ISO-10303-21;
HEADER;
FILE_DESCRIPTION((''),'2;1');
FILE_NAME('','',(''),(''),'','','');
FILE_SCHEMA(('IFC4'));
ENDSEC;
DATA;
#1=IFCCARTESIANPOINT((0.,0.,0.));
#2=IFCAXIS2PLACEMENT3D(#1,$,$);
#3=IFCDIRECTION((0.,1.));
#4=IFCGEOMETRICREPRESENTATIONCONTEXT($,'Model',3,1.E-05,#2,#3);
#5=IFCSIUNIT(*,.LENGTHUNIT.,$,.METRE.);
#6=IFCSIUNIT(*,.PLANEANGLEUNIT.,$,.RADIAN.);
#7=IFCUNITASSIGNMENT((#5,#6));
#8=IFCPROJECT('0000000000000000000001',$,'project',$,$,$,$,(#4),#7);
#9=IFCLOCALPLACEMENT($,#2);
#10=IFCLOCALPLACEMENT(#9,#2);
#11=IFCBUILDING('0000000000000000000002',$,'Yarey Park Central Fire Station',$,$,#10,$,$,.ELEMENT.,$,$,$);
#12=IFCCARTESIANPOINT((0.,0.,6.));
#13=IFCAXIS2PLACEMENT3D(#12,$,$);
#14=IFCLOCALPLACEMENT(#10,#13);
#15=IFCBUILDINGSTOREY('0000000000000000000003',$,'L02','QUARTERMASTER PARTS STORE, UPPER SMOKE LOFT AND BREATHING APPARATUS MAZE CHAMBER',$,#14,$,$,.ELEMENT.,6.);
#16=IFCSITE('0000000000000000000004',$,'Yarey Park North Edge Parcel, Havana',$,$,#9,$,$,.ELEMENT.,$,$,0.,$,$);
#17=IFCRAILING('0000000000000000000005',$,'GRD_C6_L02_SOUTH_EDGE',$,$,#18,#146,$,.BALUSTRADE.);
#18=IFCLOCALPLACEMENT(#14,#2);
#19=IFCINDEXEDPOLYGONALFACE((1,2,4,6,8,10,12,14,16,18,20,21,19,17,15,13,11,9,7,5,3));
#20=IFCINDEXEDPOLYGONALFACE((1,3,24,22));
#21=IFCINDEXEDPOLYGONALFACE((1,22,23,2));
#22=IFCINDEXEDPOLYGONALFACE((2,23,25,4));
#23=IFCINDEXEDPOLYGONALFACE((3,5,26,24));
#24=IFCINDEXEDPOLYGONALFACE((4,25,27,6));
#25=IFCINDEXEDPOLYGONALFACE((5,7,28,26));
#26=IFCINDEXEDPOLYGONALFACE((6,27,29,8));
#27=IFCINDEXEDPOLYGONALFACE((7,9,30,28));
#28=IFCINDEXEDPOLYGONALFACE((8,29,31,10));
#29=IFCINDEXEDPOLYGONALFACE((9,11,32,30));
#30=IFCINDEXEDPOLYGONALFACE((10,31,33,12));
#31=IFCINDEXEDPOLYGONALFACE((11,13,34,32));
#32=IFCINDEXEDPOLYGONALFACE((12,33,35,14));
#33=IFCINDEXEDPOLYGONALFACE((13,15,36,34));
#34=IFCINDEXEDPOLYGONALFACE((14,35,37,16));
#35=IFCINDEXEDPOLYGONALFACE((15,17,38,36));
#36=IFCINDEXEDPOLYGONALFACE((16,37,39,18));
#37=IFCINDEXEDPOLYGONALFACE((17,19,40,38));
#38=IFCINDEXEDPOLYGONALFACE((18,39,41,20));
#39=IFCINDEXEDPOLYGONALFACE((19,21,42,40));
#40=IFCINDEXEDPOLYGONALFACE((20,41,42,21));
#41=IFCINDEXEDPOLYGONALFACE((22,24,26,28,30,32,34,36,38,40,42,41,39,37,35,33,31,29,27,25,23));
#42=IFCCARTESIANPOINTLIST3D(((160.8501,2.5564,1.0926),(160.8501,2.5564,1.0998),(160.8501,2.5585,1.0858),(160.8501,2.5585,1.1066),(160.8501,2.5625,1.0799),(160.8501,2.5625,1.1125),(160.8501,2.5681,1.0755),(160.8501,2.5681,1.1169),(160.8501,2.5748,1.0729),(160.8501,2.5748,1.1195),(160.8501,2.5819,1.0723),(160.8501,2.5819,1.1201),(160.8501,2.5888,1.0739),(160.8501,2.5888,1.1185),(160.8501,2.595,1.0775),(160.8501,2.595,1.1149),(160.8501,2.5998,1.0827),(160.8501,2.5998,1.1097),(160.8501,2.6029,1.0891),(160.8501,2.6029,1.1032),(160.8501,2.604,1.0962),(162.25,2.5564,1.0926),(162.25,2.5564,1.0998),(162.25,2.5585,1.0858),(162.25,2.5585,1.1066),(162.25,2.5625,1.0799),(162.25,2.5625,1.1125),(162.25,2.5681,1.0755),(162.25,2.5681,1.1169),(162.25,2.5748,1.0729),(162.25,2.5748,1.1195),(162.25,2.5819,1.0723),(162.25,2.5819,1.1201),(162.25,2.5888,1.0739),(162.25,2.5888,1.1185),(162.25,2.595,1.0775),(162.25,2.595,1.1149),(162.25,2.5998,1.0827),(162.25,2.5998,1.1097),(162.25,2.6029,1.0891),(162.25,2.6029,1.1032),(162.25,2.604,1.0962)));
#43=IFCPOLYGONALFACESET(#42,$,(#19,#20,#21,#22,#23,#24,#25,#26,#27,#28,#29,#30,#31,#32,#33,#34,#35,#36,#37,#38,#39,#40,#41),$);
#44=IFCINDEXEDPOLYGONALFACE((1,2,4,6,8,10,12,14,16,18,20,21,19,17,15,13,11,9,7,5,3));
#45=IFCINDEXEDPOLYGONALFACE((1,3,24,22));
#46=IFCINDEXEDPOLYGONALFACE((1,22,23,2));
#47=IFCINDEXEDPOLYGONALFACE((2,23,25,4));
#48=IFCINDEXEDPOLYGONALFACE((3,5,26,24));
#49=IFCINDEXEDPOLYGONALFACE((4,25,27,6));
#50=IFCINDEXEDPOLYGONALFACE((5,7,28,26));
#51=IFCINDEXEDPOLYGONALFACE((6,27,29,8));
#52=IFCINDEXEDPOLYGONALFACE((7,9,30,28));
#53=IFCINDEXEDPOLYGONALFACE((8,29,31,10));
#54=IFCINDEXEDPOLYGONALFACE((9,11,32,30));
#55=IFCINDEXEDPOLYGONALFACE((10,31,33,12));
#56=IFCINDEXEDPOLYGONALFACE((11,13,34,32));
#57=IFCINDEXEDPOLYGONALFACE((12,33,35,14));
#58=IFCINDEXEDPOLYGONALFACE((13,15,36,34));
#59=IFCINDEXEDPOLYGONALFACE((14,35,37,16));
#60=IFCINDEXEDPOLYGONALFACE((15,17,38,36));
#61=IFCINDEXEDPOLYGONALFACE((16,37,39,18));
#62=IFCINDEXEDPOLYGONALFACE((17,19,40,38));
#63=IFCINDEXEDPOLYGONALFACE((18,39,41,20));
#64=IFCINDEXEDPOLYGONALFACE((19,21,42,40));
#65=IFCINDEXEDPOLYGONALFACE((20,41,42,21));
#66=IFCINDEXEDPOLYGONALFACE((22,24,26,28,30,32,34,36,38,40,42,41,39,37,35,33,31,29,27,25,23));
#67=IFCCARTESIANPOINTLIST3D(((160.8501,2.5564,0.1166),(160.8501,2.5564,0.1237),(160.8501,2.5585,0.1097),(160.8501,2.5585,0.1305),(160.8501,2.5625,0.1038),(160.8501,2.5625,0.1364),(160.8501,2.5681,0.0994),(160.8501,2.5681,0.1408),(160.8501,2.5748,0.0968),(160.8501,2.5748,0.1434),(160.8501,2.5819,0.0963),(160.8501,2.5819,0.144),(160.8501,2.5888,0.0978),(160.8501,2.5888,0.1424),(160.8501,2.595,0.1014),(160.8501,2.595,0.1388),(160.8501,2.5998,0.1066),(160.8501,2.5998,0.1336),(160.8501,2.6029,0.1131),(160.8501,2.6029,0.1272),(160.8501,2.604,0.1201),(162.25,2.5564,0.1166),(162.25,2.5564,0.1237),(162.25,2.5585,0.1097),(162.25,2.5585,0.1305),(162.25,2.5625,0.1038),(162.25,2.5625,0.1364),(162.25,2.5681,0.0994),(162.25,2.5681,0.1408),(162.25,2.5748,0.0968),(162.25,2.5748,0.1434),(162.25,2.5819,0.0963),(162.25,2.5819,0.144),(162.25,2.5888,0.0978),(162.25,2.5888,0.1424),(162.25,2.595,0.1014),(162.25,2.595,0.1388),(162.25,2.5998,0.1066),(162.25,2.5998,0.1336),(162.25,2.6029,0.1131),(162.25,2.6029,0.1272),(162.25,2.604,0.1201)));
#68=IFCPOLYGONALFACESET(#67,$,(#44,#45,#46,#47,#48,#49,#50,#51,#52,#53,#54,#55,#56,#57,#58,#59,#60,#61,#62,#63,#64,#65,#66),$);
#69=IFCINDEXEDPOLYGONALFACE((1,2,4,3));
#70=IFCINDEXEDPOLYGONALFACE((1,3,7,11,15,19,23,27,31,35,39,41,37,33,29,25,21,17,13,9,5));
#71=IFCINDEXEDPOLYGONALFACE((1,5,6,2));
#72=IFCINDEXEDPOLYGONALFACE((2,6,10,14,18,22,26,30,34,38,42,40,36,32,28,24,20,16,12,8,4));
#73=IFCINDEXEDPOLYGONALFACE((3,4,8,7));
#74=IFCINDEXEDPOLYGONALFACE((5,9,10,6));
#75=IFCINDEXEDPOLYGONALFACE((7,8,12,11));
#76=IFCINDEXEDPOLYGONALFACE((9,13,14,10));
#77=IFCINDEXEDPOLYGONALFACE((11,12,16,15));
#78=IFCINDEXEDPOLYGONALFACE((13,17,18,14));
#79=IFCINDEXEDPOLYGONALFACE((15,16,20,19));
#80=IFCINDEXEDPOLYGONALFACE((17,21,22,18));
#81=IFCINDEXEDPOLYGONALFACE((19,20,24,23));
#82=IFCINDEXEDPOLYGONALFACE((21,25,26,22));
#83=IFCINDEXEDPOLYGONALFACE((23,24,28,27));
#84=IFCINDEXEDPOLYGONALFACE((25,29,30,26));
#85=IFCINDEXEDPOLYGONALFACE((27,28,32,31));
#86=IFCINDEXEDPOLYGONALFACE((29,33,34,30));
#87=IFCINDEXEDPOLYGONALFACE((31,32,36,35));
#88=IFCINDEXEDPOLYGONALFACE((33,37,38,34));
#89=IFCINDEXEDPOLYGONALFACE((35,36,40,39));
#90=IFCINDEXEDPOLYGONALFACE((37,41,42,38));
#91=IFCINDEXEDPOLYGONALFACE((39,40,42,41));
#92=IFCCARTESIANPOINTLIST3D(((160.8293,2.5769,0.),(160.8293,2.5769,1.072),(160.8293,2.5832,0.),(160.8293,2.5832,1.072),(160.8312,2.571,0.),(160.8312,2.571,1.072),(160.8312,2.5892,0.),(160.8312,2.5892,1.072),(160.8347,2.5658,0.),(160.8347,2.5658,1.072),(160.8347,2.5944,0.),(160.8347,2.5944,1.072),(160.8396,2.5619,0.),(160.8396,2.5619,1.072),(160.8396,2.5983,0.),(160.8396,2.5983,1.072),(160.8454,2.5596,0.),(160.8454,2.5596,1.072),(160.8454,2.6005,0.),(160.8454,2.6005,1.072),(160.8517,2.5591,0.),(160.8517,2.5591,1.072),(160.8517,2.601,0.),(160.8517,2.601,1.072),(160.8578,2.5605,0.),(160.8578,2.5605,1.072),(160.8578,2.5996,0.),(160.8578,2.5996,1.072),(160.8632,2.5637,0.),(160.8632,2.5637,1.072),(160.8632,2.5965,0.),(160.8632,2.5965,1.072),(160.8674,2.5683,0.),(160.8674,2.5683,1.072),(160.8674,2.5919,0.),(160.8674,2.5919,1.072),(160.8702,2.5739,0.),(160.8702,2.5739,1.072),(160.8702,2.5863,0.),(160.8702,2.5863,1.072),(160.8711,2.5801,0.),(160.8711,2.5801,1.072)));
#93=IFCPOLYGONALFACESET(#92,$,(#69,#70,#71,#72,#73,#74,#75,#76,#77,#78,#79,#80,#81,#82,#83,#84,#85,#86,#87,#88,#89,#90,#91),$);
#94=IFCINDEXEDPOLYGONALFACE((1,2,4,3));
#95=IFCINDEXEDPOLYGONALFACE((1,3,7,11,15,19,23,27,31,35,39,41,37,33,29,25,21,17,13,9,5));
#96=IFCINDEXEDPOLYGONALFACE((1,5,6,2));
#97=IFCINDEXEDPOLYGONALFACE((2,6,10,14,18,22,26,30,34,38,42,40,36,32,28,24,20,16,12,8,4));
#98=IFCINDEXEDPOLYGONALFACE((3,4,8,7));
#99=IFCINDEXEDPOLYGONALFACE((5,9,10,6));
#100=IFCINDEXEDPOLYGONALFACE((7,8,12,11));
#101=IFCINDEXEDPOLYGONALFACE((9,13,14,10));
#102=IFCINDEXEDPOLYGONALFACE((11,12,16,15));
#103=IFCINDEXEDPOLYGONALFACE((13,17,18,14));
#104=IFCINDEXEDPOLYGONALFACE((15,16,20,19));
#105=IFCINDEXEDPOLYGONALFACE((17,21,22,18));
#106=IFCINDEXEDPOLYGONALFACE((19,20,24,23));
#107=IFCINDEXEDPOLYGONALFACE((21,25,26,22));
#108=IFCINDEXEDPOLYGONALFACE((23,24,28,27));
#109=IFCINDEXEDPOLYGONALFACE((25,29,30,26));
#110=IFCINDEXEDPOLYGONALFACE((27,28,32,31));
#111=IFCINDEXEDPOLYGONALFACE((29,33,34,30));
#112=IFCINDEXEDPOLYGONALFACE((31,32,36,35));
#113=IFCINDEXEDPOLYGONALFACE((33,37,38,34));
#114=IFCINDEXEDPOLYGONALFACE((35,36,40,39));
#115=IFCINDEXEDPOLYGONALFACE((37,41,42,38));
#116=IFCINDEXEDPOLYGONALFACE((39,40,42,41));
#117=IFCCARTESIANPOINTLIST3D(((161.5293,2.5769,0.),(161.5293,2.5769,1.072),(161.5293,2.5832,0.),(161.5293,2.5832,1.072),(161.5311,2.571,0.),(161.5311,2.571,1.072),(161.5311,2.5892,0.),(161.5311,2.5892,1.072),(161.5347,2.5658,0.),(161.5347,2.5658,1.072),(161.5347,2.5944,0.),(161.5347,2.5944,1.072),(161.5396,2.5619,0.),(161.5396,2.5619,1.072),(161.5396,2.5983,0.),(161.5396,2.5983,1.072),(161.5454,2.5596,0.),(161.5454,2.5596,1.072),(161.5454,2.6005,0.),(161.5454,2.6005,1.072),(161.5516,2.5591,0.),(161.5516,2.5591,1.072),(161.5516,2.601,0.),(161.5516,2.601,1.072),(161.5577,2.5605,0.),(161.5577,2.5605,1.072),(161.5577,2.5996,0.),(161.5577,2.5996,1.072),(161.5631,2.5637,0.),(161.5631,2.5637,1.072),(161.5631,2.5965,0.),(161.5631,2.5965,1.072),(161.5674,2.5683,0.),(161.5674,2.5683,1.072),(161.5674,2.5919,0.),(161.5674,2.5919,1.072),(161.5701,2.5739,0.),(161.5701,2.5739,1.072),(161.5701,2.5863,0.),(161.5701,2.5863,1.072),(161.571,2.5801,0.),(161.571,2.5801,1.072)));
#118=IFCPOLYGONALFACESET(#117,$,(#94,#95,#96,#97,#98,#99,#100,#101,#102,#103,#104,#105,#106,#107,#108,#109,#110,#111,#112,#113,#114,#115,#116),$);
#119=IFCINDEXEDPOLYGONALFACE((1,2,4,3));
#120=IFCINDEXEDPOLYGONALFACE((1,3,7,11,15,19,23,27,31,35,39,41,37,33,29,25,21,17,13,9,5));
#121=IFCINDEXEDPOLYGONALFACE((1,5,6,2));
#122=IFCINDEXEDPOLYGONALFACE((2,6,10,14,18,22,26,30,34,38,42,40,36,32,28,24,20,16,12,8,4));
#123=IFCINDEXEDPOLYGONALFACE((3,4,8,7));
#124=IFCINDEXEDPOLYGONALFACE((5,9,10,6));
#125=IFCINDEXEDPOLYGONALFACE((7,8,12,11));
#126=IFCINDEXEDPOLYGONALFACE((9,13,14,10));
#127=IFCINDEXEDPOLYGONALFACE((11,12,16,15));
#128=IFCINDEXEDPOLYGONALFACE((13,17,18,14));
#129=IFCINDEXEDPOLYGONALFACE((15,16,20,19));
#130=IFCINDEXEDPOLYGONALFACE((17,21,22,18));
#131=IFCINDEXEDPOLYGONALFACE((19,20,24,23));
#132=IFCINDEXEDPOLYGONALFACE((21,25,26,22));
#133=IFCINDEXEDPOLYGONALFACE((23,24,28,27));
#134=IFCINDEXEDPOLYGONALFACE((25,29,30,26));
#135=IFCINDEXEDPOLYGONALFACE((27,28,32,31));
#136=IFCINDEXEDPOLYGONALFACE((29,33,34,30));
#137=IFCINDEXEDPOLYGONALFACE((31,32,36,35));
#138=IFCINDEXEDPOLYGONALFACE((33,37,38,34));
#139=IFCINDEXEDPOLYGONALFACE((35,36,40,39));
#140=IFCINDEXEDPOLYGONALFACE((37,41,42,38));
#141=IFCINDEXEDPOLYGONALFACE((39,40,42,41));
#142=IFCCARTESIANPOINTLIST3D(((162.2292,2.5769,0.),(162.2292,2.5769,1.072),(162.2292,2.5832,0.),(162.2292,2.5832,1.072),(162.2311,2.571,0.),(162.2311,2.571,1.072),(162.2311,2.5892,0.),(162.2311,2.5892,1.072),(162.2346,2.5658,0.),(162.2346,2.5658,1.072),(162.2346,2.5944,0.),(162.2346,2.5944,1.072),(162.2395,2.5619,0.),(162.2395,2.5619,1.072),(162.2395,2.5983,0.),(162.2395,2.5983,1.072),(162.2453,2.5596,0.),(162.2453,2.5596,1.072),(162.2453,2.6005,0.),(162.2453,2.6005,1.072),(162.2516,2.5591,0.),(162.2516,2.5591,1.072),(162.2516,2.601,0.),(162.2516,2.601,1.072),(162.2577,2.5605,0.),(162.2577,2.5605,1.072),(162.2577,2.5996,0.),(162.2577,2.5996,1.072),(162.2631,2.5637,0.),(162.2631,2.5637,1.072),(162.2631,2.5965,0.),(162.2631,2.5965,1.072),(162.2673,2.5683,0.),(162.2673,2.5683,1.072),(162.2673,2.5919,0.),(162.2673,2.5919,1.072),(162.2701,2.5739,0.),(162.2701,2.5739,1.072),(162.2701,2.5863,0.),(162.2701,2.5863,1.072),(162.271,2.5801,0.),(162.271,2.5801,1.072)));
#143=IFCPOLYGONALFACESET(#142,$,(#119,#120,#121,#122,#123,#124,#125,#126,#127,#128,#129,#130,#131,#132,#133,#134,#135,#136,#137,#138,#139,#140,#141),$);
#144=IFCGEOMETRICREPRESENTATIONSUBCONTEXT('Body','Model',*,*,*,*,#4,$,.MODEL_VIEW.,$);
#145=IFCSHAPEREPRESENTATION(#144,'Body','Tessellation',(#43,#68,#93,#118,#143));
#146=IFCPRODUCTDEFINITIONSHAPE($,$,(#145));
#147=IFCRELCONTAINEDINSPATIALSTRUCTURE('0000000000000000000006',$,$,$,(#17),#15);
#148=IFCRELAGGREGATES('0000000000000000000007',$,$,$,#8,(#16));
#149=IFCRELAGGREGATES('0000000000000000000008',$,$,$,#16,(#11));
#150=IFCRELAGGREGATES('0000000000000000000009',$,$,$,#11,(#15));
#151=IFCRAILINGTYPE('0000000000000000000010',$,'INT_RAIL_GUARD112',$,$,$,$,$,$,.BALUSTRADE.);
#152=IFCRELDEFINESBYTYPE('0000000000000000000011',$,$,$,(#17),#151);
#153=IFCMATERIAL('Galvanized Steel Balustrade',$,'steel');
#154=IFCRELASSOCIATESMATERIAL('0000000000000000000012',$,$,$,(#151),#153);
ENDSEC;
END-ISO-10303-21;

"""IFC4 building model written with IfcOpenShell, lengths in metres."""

from ifc_helpers import new_model, si_unit, direction, frame, origin, origin_2d, place, context, subcontext, project, spatial, circle, extrude, material, type_object, element, save


model = new_model("IFC4")

# Units and contexts
model_context = context("Model", 3, precision=1e-05, world=origin(), true_north=direction((0.0, 1.0)))
body_context = subcontext(model_context, "Body", "Model", "MODEL_VIEW")
ifc_project = project(units=[si_unit("LENGTHUNIT", "METRE"), si_unit("PLANEANGLEUNIT", "RADIAN")], contexts=[model_context])

# Site, building, storey
site_placement = place(None, origin())
site = spatial("IfcSite", under=ifc_project, at=site_placement, Name="Yarey Park North Edge Parcel, Havana", CompositionType="ELEMENT", RefElevation=0.0)
building_placement = place(site_placement, origin())
building = spatial("IfcBuilding", under=site, at=building_placement, Name="Yarey Park Central Fire Station", CompositionType="ELEMENT")
storey_placement = place(building_placement, frame((0.0, 0.0, 6.0)))
storey = spatial("IfcBuildingStorey", under=building, at=storey_placement, Name="L02", Description="QUARTERMASTER PARTS STORE, UPPER SMOKE LOFT AND BREATHING APPARATUS MAZE CHAMBER", CompositionType="ELEMENT", Elevation=6.0)

# Railing
ifc_material_1 = material(Name="Galvanized Steel Balustrade", Category="steel")
railing_type_1 = type_object("IfcRailingType", Name="INT_RAIL_GUARD112", PredefinedType="BALUSTRADE", material=ifc_material_1)
railing_1_placement = place(storey_placement, frame((160.8501, 2.5801, 0.0)))
element("IfcRailing", 1, at=railing_1_placement, inside=storey, type_object=railing_type_1, Name="GRD_C6_L02_SOUTH_EDGE", PredefinedType="BALUSTRADE", context=body_context, shape_type="SweptSolid", body=[
    extrude(circle(Radius=0.0239, at=origin_2d()), frame((0.0, 0.0, 1.0962), z_axis=(1.0, 0.0, 0.0), x_axis=(0.0, 1.0, 0.0)), (0.0, 0.0, 1.0), 1.3999),
    extrude(circle(Radius=0.0239, at=origin_2d()), frame((0.0, 0.0, 0.1201), z_axis=(1.0, 0.0, 0.0), x_axis=(0.0, 1.0, 0.0)), (0.0, 0.0, 1.0), 1.3999),
    extrude(circle(Radius=0.021, at=origin_2d()), origin(), (0.0, 0.0, 1.0), 1.072),
    extrude(circle(Radius=0.021, at=origin_2d()), frame((0.7, 0.0, 0.0)), (0.0, 0.0, 1.0), 1.072),
    extrude(circle(Radius=0.021, at=origin_2d()), frame((1.3999, 0.0, 0.0)), (0.0, 0.0, 1.0), 1.072),
])

save(model, "model.ifc")
